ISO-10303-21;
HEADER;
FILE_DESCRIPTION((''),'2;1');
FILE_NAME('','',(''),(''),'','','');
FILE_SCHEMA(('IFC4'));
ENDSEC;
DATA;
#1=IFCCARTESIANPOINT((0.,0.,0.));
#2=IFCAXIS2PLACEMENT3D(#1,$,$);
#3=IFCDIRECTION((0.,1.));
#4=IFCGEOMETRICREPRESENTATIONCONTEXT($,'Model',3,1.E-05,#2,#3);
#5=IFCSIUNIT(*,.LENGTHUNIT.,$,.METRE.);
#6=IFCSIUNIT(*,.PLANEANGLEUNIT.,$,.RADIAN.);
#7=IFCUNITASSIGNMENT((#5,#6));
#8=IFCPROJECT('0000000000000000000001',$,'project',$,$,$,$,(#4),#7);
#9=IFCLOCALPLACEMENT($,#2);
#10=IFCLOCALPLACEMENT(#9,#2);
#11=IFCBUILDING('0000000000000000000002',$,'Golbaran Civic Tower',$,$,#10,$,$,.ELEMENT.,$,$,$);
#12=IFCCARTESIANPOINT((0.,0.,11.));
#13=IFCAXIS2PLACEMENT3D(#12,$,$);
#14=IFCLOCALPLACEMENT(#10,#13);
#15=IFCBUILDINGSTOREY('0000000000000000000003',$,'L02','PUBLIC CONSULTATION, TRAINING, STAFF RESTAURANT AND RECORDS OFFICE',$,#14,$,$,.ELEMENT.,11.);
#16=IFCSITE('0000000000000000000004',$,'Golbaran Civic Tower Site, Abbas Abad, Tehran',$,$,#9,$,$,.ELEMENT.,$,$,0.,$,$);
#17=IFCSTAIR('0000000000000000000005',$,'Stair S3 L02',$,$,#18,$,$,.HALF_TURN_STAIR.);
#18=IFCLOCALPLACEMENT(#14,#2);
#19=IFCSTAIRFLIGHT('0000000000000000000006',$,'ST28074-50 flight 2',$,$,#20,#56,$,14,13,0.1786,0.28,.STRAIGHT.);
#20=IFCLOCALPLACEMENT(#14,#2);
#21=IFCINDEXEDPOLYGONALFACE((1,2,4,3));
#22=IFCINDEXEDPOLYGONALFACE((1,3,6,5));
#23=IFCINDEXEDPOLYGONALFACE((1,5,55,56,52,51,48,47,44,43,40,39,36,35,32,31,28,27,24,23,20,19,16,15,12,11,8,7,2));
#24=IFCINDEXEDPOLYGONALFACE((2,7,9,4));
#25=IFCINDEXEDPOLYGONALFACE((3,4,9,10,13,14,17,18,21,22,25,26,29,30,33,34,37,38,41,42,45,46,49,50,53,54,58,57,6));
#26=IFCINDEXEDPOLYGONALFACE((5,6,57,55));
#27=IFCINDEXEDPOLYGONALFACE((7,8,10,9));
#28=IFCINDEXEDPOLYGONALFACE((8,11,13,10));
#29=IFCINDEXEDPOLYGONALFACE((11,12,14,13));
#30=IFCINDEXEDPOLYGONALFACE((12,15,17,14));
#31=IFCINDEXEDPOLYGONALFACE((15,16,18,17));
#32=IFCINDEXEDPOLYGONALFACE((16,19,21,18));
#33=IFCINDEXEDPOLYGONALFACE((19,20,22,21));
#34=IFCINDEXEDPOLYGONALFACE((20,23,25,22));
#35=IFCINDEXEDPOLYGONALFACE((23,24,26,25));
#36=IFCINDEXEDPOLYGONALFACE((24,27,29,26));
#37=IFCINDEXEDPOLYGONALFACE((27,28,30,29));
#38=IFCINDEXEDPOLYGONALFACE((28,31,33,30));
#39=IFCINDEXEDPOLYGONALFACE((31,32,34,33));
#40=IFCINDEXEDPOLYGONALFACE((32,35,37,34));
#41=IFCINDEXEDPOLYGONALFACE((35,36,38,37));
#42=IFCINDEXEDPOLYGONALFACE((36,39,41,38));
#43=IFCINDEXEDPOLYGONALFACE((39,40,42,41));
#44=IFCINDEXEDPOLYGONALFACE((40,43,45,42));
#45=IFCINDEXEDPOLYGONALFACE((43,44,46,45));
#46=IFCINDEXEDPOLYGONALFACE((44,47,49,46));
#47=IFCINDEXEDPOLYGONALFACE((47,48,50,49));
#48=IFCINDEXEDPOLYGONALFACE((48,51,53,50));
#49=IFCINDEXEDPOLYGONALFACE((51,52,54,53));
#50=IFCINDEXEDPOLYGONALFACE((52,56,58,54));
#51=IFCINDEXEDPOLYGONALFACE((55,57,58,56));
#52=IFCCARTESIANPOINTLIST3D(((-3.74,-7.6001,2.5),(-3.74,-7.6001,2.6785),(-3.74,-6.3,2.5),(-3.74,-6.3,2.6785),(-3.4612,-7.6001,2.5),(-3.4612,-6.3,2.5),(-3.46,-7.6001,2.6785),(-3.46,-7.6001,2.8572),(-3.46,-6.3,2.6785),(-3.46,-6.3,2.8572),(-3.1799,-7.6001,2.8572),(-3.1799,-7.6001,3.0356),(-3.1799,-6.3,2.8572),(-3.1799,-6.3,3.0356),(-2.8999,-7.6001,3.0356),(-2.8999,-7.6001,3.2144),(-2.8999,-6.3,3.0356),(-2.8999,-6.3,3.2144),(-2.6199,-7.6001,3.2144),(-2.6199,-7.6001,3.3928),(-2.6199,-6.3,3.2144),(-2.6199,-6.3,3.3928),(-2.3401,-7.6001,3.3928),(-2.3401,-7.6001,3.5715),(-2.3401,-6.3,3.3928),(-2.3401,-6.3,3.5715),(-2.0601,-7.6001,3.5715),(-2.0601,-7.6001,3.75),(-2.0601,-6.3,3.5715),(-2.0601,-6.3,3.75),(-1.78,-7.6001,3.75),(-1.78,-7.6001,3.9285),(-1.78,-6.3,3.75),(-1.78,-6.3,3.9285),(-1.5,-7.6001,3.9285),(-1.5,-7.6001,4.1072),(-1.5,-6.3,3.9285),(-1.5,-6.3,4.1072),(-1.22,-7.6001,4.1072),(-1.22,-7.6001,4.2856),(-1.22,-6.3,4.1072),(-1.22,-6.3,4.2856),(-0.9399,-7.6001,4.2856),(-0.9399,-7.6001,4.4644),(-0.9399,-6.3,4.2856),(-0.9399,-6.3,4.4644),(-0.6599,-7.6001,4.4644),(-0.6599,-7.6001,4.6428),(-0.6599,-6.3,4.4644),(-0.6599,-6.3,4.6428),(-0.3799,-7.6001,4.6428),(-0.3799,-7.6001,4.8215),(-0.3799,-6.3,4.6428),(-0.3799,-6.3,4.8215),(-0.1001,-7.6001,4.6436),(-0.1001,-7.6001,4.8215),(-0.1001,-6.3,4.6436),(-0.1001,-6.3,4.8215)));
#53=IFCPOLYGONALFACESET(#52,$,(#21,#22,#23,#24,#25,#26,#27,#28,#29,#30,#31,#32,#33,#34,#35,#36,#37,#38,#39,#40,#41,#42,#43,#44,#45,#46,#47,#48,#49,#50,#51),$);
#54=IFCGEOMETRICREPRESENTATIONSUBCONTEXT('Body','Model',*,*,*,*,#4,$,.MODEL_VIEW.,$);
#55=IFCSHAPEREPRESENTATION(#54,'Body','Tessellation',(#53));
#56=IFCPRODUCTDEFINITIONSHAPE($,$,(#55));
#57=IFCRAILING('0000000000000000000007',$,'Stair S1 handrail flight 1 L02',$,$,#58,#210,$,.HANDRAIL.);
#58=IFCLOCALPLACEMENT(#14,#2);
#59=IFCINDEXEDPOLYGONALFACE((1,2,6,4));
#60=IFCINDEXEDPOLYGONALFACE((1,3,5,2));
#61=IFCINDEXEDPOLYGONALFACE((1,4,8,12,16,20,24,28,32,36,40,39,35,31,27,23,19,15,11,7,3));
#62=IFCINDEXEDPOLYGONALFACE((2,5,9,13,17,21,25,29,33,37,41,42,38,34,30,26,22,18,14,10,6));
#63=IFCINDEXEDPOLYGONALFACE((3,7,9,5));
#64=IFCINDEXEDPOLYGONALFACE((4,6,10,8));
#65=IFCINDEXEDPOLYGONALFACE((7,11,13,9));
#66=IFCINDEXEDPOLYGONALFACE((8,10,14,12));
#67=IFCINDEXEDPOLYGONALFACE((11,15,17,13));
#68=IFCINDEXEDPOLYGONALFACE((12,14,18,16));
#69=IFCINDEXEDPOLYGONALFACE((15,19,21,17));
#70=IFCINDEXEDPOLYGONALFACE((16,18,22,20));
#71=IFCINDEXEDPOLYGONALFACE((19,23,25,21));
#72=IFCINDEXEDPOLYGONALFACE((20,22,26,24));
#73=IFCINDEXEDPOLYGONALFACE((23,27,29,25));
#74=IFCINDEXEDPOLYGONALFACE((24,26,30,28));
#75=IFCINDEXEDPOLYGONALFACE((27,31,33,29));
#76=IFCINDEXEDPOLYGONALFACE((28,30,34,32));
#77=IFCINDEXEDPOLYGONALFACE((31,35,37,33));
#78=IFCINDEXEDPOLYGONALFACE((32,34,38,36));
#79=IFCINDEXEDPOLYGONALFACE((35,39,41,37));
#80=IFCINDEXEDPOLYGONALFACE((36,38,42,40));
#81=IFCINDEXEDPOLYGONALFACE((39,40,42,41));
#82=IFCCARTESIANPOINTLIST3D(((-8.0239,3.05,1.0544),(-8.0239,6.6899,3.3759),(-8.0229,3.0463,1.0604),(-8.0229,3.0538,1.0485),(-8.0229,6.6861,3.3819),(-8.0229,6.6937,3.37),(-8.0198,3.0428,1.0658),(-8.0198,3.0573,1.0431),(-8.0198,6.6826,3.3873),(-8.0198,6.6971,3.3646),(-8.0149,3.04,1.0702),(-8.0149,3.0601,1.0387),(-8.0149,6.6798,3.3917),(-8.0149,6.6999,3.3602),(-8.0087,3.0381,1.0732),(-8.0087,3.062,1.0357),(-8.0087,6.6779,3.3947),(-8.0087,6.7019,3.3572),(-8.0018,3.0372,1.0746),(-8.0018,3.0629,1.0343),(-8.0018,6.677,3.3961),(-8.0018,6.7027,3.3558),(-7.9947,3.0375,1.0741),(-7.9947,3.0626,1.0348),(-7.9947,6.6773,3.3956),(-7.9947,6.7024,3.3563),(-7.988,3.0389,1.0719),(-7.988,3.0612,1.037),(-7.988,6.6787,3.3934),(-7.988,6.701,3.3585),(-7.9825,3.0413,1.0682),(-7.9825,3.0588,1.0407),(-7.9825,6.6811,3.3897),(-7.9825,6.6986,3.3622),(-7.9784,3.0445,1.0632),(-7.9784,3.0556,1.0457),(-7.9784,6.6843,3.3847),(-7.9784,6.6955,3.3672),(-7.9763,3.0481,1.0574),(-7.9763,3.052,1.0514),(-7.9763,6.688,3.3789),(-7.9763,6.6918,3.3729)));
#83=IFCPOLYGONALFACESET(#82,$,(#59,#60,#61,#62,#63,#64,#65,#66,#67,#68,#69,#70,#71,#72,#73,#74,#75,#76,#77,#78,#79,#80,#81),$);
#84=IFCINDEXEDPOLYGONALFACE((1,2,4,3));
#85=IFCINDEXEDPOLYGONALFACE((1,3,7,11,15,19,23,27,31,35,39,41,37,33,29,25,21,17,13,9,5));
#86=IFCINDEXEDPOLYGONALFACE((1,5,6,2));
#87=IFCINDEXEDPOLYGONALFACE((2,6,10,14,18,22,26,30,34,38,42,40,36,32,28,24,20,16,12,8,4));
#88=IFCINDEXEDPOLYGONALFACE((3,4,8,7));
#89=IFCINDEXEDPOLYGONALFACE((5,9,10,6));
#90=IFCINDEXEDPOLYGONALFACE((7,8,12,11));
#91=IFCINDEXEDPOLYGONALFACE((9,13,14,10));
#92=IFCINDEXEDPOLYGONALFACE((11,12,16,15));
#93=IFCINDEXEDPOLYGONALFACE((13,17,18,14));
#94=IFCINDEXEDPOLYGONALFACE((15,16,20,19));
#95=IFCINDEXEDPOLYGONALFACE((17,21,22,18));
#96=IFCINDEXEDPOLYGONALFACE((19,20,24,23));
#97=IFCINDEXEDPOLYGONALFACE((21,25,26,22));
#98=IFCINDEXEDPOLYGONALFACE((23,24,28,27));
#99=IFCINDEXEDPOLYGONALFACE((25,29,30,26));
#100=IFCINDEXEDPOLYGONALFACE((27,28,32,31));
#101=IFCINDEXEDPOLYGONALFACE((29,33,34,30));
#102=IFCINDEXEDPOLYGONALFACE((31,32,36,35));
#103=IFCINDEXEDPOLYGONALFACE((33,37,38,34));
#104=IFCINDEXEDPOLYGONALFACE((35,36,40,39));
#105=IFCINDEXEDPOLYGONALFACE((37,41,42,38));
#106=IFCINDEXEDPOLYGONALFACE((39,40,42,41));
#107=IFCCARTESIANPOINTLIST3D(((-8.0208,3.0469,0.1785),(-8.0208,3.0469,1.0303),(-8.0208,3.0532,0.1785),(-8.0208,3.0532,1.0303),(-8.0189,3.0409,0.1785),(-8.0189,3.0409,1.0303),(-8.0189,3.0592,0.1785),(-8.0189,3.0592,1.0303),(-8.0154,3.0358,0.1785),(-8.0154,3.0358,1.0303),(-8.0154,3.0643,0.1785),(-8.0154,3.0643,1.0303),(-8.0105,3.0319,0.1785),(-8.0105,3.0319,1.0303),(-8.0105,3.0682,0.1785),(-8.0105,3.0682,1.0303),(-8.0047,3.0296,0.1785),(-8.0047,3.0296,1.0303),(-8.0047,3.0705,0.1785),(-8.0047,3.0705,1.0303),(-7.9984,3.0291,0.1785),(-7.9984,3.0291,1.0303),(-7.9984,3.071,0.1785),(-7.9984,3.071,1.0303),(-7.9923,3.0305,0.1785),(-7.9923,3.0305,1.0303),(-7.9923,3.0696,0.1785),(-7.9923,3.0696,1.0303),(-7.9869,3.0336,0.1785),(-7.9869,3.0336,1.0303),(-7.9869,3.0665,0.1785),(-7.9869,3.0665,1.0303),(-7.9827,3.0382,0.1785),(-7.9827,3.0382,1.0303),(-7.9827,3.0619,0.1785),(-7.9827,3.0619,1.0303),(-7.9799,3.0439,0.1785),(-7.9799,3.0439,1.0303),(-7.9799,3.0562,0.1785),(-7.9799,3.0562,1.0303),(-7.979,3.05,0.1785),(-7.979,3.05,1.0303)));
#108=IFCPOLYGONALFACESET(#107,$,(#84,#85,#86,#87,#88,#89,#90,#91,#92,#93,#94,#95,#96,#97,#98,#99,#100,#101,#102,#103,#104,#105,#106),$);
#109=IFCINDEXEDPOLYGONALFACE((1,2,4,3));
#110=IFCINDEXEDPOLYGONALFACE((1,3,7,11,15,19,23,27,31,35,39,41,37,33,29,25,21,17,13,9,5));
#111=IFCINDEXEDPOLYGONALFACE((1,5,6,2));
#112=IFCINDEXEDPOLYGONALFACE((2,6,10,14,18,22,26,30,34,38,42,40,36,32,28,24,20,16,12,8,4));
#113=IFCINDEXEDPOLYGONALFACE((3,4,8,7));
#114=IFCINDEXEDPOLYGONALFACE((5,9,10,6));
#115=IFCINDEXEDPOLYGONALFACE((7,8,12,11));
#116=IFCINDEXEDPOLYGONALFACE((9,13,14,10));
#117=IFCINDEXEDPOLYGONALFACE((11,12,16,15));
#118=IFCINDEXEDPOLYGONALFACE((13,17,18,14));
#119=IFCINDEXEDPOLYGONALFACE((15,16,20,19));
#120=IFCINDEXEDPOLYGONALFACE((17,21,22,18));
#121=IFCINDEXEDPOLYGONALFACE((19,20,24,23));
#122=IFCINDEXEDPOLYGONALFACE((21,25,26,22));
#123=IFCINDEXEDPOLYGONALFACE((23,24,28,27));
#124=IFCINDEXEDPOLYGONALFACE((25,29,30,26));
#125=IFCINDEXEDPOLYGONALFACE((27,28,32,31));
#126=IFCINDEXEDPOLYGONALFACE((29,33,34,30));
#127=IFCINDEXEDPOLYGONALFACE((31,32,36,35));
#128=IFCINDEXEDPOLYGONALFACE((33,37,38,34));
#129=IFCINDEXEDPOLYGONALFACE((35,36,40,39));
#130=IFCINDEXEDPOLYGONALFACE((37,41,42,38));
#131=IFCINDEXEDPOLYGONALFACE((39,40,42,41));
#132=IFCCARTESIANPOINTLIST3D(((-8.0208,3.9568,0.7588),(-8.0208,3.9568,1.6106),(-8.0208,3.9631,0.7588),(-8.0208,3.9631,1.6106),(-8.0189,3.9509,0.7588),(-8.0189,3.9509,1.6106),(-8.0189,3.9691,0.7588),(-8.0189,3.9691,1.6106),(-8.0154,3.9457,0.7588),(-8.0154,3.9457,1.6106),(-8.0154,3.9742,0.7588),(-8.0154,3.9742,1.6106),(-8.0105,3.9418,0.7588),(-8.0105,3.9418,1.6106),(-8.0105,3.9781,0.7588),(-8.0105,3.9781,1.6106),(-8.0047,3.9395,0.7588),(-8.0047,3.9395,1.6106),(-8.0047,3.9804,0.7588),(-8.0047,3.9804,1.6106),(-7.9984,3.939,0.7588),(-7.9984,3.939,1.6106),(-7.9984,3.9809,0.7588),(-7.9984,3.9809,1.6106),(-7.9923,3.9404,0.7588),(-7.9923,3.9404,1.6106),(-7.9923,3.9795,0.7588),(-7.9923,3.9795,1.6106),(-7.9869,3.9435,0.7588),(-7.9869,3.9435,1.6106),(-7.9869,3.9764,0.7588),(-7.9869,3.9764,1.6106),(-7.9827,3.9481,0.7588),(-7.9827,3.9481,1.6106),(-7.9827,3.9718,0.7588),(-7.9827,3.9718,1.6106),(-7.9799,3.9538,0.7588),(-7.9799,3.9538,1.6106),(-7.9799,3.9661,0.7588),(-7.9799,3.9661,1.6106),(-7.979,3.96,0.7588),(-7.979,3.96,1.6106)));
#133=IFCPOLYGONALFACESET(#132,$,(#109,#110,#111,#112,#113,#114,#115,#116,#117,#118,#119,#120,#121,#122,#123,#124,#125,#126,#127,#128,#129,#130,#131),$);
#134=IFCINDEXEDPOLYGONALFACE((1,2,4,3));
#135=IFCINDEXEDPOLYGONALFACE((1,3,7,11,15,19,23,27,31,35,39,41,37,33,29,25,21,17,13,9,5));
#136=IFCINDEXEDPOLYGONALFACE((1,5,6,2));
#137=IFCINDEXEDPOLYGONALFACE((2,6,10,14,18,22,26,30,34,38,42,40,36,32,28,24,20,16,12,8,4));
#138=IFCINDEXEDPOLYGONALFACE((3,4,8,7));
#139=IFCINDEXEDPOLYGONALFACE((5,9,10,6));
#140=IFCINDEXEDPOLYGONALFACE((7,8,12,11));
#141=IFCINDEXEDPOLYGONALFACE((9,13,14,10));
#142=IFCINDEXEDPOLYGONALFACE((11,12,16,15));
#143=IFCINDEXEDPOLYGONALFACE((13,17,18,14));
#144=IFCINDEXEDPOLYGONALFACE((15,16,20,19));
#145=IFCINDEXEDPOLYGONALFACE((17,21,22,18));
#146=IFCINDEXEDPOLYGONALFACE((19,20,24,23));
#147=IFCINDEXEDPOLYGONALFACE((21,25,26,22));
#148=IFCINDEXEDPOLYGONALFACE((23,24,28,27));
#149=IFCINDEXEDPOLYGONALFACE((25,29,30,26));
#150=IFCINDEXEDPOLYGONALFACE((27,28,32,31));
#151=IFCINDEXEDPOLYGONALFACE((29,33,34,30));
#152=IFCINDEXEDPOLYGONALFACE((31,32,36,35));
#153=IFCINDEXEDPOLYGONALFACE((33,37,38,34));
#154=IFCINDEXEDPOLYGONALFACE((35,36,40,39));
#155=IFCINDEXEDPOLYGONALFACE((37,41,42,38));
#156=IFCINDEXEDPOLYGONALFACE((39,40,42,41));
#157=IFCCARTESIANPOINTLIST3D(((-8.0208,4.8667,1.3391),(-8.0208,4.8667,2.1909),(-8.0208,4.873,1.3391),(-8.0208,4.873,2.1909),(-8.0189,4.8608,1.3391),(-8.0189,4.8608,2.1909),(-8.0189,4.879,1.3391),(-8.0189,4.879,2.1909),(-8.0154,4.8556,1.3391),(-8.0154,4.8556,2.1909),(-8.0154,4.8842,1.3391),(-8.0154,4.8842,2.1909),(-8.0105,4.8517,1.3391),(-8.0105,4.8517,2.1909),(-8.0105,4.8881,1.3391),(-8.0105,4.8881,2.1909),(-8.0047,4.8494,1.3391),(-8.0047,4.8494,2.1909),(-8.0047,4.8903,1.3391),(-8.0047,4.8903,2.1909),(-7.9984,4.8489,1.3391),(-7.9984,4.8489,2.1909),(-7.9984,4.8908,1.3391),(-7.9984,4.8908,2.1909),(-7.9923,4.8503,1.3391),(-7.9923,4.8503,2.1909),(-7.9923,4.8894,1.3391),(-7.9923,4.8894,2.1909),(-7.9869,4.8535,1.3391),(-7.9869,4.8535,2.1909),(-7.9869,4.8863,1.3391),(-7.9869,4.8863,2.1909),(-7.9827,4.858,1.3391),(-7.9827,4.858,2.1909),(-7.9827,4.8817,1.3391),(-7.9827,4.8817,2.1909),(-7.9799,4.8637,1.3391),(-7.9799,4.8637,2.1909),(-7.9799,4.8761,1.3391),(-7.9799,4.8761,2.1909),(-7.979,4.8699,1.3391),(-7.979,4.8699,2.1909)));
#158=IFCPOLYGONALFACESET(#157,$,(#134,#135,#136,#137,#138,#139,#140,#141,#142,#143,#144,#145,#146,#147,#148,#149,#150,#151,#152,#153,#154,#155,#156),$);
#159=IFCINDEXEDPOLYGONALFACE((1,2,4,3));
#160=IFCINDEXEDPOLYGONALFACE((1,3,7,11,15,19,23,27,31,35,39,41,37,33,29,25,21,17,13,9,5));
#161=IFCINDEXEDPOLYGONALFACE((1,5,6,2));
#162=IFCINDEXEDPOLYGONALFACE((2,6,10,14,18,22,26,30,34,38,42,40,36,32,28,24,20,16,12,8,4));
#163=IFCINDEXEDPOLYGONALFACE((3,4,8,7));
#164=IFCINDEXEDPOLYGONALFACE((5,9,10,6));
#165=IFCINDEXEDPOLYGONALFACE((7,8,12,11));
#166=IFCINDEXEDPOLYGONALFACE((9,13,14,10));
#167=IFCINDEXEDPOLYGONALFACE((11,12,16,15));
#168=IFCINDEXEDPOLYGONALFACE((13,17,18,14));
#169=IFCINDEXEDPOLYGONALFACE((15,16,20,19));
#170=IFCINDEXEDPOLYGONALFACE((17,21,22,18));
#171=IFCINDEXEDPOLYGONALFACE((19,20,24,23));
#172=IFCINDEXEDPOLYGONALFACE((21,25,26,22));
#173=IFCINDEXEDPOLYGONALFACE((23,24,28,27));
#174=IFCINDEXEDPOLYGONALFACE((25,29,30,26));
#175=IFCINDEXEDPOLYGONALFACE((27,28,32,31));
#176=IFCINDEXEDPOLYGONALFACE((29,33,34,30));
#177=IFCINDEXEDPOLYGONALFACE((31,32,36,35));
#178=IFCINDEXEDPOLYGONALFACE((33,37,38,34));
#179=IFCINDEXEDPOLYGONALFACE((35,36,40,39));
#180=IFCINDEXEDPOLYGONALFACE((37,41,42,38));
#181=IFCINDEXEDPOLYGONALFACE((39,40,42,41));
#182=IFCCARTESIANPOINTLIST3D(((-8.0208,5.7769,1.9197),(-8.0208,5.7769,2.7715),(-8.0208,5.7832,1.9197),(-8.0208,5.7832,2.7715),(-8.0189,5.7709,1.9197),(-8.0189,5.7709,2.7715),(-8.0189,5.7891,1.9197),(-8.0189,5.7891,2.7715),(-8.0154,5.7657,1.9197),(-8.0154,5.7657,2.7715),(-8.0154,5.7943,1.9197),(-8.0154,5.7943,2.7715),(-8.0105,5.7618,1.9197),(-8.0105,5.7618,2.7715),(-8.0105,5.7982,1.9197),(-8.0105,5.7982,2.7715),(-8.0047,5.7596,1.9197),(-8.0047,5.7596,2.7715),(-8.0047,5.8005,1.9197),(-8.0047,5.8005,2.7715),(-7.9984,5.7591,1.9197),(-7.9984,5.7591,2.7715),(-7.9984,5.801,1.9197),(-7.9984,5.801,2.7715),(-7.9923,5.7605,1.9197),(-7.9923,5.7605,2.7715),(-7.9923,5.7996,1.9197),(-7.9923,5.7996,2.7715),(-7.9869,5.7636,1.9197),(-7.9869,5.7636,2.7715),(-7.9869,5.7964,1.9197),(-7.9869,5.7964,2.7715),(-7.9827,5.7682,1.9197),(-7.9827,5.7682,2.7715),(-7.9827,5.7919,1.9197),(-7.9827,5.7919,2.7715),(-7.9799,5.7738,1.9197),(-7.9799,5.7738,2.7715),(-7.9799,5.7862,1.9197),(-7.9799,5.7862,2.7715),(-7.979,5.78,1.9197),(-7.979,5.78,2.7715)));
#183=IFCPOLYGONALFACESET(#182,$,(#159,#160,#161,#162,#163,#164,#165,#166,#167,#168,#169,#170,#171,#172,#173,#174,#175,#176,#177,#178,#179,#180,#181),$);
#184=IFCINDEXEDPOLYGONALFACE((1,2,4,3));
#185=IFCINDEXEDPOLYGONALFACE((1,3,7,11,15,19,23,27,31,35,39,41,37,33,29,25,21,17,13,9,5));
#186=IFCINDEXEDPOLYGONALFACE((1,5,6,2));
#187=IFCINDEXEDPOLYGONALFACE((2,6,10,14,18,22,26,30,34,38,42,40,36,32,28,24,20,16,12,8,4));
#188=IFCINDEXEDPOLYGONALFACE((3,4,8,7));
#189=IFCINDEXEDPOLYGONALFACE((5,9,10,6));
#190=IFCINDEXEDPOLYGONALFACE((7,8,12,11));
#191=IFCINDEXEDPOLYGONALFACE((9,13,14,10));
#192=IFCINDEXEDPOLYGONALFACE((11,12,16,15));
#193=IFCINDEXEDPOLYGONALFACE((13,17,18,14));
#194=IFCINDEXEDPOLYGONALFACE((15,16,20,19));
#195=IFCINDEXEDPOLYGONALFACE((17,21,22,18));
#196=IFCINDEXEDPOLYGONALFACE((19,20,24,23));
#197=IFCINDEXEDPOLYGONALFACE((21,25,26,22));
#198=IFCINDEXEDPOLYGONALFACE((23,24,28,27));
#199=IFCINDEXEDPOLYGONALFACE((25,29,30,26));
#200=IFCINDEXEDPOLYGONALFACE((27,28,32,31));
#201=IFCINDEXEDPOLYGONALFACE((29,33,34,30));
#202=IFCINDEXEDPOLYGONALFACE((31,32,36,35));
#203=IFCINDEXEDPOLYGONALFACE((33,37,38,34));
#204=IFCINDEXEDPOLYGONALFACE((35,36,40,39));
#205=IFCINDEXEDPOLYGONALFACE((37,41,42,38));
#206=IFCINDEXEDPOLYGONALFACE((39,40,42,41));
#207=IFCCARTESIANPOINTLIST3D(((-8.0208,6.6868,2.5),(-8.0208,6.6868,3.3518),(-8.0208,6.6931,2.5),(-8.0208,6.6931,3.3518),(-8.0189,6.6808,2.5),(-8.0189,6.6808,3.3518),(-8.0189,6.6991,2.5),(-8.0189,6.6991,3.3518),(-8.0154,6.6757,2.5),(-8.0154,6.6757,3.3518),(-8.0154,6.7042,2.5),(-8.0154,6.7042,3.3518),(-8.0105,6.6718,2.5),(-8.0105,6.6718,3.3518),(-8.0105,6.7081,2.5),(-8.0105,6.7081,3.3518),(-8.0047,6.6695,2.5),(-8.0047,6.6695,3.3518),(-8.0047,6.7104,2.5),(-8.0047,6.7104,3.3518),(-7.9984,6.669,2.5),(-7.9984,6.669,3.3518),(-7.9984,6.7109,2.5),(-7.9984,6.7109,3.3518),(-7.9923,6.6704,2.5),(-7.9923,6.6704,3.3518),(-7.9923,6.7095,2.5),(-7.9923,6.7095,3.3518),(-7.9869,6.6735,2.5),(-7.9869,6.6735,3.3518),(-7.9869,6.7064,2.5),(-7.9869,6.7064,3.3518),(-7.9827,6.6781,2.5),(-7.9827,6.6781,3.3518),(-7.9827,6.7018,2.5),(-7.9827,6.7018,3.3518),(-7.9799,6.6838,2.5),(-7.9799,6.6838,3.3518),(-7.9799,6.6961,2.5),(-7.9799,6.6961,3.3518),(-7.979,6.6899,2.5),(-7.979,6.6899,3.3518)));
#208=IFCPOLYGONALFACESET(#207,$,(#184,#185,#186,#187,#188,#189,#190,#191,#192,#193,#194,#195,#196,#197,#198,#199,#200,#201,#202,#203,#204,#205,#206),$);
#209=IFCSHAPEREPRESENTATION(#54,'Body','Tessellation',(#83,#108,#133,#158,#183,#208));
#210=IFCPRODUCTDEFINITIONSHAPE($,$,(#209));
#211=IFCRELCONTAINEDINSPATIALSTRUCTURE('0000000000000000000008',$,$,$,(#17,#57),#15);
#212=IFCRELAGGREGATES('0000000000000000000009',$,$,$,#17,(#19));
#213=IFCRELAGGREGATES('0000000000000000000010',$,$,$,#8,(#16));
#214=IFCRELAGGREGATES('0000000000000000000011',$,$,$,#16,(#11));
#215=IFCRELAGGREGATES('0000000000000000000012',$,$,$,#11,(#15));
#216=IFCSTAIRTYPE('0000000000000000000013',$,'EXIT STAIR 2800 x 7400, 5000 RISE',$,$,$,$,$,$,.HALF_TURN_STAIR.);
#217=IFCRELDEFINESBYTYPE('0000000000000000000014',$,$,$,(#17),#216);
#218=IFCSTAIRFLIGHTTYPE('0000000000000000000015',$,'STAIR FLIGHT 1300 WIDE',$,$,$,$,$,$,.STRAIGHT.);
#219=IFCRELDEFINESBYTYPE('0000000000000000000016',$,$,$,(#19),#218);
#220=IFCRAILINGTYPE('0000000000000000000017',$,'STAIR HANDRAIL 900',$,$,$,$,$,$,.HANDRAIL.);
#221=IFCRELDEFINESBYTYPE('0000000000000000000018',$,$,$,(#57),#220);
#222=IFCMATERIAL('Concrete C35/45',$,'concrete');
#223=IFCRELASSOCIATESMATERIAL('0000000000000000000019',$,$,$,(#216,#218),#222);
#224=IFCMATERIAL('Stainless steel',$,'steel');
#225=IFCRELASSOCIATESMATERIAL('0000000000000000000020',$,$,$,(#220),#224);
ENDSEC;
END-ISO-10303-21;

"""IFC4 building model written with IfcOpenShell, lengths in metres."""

from ifc_helpers import new_model, si_unit, direction, frame, origin, origin_2d, place, context, subcontext, project, spatial, polyline, circle, outline, extrude, material, type_object, element, aggregate, save


model = new_model("IFC4")

# Units and contexts
model_context = context("Model", 3, precision=1e-05, world=origin(), true_north=direction((0.0, 1.0)))
body_context = subcontext(model_context, "Body", "Model", "MODEL_VIEW")
ifc_project = project(units=[si_unit("LENGTHUNIT", "METRE"), si_unit("PLANEANGLEUNIT", "RADIAN")], contexts=[model_context])

# Site, building, storey
site_placement = place(None, origin())
site = spatial("IfcSite", under=ifc_project, at=site_placement, Name="Golbaran Civic Tower Site, Abbas Abad, Tehran", CompositionType="ELEMENT", RefElevation=0.0)
building_placement = place(site_placement, origin())
building = spatial("IfcBuilding", under=site, at=building_placement, Name="Golbaran Civic Tower", CompositionType="ELEMENT")
storey_placement = place(building_placement, frame((0.0, 0.0, 11.0)))
storey = spatial("IfcBuildingStorey", under=building, at=storey_placement, Name="L02", Description="PUBLIC CONSULTATION, TRAINING, STAFF RESTAURANT AND RECORDS OFFICE", CompositionType="ELEMENT", Elevation=11.0)

# Shared definitions
ifc_material_1 = material(Name="Stainless steel", Category="steel")

# Shared definitions
ifc_material_2 = material(Name="Concrete C35/45", Category="concrete")

# Stair, stair flight
stair_type_1 = type_object("IfcStairType", Name="EXIT STAIR 2800 x 7400, 5000 RISE", PredefinedType="HALF_TURN_STAIR", material=ifc_material_2)
stair_1_placement = place(storey_placement, origin())
stair_1 = element("IfcStair", 1, at=stair_1_placement, inside=storey, type_object=stair_type_1, Name="Stair S3 L02", PredefinedType="HALF_TURN_STAIR")
stair_flight_type_1 = type_object("IfcStairFlightType", Name="STAIR FLIGHT 1300 WIDE", PredefinedType="STRAIGHT", material=ifc_material_2)
stair_flight_1_placement = place(storey_placement, frame((-3.74, -6.95, 2.5), z_axis=(0.0, 0.0, 1.0), x_axis=(1.0, 0.0, 0.0)))
stair_flight_1 = element("IfcStairFlight", 2, at=stair_flight_1_placement, type_object=stair_flight_type_1, Name="ST28074-50 flight 2", NumberOfRisers=14, NumberOfTreads=13, PredefinedType="STRAIGHT", RiserHeight=0.1786, TreadLength=0.28, context=body_context, shape_type="SweptSolid", body=[
    extrude(outline(polyline([(0.0, 0.0), (0.0, 0.1785), (0.28, 0.1785), (0.28, 0.3572), (0.5601, 0.3572), (0.5601, 0.5356), (0.8401, 0.5356), (0.8401, 0.7144), (1.1201, 0.7144), (1.1201, 0.8928), (1.3999, 0.8928), (1.3999, 1.0715), (1.6799, 1.0715), (1.6799, 1.25), (1.96, 1.25), (1.96, 1.4285), (2.24, 1.4285), (2.24, 1.6072), (2.52, 1.6072), (2.52, 1.7856), (2.8, 1.7856), (2.8, 1.9644), (3.0801, 1.9644), (3.0801, 2.1428), (3.3601, 2.1428), (3.3601, 2.3215), (3.6399, 2.3215), (3.6399, 2.5), (3.6399, 2.1436), (0.2788, 0.0), (0.0, 0.0)])), frame((0.0, 0.6499, 0.0), z_axis=(0.0, -1.0, 0.0), x_axis=(1.0, 0.0, 0.0)), (0.0, 0.0, 1.0), 1.3),
])
aggregate(stair_1, [stair_flight_1])

# Railing
railing_type = type_object("IfcRailingType", Name="STAIR HANDRAIL 900", PredefinedType="HANDRAIL", material=ifc_material_1)
railing_1_placement = place(storey_placement, frame((-8.0, 3.05, 0.1785)))
element("IfcRailing", 3, at=railing_1_placement, inside=storey, type_object=railing_type, Name="Stair S1 handrail flight 1 L02", PredefinedType="HANDRAIL", context=body_context, shape_type="SweptSolid", body=[
    extrude(circle(Radius=0.0239, at=origin_2d()), frame((0.0, 0.0, 0.876), z_axis=(0.0, 0.843112, 0.537739), x_axis=(-1.0, 0.0, 0.0)), (0.0, 0.0, 1.0), 4.3171),
    extrude(circle(Radius=0.021, at=origin_2d()), origin(), (0.0, 0.0, 1.0), 0.8518),
    extrude(circle(Radius=0.021, at=origin_2d()), frame((0.0, 0.9099, 0.5803)), (0.0, 0.0, 1.0), 0.8518),
    extrude(circle(Radius=0.021, at=origin_2d()), frame((0.0, 1.8198, 1.1606)), (0.0, 0.0, 1.0), 0.8518),
    extrude(circle(Radius=0.021, at=origin_2d()), frame((0.0, 2.73, 1.7412)), (0.0, 0.0, 1.0), 0.8518),
    extrude(circle(Radius=0.021, at=origin_2d()), frame((0.0, 3.6399, 2.3215)), (0.0, 0.0, 1.0), 0.8518),
])

save(model, "model.ifc")
